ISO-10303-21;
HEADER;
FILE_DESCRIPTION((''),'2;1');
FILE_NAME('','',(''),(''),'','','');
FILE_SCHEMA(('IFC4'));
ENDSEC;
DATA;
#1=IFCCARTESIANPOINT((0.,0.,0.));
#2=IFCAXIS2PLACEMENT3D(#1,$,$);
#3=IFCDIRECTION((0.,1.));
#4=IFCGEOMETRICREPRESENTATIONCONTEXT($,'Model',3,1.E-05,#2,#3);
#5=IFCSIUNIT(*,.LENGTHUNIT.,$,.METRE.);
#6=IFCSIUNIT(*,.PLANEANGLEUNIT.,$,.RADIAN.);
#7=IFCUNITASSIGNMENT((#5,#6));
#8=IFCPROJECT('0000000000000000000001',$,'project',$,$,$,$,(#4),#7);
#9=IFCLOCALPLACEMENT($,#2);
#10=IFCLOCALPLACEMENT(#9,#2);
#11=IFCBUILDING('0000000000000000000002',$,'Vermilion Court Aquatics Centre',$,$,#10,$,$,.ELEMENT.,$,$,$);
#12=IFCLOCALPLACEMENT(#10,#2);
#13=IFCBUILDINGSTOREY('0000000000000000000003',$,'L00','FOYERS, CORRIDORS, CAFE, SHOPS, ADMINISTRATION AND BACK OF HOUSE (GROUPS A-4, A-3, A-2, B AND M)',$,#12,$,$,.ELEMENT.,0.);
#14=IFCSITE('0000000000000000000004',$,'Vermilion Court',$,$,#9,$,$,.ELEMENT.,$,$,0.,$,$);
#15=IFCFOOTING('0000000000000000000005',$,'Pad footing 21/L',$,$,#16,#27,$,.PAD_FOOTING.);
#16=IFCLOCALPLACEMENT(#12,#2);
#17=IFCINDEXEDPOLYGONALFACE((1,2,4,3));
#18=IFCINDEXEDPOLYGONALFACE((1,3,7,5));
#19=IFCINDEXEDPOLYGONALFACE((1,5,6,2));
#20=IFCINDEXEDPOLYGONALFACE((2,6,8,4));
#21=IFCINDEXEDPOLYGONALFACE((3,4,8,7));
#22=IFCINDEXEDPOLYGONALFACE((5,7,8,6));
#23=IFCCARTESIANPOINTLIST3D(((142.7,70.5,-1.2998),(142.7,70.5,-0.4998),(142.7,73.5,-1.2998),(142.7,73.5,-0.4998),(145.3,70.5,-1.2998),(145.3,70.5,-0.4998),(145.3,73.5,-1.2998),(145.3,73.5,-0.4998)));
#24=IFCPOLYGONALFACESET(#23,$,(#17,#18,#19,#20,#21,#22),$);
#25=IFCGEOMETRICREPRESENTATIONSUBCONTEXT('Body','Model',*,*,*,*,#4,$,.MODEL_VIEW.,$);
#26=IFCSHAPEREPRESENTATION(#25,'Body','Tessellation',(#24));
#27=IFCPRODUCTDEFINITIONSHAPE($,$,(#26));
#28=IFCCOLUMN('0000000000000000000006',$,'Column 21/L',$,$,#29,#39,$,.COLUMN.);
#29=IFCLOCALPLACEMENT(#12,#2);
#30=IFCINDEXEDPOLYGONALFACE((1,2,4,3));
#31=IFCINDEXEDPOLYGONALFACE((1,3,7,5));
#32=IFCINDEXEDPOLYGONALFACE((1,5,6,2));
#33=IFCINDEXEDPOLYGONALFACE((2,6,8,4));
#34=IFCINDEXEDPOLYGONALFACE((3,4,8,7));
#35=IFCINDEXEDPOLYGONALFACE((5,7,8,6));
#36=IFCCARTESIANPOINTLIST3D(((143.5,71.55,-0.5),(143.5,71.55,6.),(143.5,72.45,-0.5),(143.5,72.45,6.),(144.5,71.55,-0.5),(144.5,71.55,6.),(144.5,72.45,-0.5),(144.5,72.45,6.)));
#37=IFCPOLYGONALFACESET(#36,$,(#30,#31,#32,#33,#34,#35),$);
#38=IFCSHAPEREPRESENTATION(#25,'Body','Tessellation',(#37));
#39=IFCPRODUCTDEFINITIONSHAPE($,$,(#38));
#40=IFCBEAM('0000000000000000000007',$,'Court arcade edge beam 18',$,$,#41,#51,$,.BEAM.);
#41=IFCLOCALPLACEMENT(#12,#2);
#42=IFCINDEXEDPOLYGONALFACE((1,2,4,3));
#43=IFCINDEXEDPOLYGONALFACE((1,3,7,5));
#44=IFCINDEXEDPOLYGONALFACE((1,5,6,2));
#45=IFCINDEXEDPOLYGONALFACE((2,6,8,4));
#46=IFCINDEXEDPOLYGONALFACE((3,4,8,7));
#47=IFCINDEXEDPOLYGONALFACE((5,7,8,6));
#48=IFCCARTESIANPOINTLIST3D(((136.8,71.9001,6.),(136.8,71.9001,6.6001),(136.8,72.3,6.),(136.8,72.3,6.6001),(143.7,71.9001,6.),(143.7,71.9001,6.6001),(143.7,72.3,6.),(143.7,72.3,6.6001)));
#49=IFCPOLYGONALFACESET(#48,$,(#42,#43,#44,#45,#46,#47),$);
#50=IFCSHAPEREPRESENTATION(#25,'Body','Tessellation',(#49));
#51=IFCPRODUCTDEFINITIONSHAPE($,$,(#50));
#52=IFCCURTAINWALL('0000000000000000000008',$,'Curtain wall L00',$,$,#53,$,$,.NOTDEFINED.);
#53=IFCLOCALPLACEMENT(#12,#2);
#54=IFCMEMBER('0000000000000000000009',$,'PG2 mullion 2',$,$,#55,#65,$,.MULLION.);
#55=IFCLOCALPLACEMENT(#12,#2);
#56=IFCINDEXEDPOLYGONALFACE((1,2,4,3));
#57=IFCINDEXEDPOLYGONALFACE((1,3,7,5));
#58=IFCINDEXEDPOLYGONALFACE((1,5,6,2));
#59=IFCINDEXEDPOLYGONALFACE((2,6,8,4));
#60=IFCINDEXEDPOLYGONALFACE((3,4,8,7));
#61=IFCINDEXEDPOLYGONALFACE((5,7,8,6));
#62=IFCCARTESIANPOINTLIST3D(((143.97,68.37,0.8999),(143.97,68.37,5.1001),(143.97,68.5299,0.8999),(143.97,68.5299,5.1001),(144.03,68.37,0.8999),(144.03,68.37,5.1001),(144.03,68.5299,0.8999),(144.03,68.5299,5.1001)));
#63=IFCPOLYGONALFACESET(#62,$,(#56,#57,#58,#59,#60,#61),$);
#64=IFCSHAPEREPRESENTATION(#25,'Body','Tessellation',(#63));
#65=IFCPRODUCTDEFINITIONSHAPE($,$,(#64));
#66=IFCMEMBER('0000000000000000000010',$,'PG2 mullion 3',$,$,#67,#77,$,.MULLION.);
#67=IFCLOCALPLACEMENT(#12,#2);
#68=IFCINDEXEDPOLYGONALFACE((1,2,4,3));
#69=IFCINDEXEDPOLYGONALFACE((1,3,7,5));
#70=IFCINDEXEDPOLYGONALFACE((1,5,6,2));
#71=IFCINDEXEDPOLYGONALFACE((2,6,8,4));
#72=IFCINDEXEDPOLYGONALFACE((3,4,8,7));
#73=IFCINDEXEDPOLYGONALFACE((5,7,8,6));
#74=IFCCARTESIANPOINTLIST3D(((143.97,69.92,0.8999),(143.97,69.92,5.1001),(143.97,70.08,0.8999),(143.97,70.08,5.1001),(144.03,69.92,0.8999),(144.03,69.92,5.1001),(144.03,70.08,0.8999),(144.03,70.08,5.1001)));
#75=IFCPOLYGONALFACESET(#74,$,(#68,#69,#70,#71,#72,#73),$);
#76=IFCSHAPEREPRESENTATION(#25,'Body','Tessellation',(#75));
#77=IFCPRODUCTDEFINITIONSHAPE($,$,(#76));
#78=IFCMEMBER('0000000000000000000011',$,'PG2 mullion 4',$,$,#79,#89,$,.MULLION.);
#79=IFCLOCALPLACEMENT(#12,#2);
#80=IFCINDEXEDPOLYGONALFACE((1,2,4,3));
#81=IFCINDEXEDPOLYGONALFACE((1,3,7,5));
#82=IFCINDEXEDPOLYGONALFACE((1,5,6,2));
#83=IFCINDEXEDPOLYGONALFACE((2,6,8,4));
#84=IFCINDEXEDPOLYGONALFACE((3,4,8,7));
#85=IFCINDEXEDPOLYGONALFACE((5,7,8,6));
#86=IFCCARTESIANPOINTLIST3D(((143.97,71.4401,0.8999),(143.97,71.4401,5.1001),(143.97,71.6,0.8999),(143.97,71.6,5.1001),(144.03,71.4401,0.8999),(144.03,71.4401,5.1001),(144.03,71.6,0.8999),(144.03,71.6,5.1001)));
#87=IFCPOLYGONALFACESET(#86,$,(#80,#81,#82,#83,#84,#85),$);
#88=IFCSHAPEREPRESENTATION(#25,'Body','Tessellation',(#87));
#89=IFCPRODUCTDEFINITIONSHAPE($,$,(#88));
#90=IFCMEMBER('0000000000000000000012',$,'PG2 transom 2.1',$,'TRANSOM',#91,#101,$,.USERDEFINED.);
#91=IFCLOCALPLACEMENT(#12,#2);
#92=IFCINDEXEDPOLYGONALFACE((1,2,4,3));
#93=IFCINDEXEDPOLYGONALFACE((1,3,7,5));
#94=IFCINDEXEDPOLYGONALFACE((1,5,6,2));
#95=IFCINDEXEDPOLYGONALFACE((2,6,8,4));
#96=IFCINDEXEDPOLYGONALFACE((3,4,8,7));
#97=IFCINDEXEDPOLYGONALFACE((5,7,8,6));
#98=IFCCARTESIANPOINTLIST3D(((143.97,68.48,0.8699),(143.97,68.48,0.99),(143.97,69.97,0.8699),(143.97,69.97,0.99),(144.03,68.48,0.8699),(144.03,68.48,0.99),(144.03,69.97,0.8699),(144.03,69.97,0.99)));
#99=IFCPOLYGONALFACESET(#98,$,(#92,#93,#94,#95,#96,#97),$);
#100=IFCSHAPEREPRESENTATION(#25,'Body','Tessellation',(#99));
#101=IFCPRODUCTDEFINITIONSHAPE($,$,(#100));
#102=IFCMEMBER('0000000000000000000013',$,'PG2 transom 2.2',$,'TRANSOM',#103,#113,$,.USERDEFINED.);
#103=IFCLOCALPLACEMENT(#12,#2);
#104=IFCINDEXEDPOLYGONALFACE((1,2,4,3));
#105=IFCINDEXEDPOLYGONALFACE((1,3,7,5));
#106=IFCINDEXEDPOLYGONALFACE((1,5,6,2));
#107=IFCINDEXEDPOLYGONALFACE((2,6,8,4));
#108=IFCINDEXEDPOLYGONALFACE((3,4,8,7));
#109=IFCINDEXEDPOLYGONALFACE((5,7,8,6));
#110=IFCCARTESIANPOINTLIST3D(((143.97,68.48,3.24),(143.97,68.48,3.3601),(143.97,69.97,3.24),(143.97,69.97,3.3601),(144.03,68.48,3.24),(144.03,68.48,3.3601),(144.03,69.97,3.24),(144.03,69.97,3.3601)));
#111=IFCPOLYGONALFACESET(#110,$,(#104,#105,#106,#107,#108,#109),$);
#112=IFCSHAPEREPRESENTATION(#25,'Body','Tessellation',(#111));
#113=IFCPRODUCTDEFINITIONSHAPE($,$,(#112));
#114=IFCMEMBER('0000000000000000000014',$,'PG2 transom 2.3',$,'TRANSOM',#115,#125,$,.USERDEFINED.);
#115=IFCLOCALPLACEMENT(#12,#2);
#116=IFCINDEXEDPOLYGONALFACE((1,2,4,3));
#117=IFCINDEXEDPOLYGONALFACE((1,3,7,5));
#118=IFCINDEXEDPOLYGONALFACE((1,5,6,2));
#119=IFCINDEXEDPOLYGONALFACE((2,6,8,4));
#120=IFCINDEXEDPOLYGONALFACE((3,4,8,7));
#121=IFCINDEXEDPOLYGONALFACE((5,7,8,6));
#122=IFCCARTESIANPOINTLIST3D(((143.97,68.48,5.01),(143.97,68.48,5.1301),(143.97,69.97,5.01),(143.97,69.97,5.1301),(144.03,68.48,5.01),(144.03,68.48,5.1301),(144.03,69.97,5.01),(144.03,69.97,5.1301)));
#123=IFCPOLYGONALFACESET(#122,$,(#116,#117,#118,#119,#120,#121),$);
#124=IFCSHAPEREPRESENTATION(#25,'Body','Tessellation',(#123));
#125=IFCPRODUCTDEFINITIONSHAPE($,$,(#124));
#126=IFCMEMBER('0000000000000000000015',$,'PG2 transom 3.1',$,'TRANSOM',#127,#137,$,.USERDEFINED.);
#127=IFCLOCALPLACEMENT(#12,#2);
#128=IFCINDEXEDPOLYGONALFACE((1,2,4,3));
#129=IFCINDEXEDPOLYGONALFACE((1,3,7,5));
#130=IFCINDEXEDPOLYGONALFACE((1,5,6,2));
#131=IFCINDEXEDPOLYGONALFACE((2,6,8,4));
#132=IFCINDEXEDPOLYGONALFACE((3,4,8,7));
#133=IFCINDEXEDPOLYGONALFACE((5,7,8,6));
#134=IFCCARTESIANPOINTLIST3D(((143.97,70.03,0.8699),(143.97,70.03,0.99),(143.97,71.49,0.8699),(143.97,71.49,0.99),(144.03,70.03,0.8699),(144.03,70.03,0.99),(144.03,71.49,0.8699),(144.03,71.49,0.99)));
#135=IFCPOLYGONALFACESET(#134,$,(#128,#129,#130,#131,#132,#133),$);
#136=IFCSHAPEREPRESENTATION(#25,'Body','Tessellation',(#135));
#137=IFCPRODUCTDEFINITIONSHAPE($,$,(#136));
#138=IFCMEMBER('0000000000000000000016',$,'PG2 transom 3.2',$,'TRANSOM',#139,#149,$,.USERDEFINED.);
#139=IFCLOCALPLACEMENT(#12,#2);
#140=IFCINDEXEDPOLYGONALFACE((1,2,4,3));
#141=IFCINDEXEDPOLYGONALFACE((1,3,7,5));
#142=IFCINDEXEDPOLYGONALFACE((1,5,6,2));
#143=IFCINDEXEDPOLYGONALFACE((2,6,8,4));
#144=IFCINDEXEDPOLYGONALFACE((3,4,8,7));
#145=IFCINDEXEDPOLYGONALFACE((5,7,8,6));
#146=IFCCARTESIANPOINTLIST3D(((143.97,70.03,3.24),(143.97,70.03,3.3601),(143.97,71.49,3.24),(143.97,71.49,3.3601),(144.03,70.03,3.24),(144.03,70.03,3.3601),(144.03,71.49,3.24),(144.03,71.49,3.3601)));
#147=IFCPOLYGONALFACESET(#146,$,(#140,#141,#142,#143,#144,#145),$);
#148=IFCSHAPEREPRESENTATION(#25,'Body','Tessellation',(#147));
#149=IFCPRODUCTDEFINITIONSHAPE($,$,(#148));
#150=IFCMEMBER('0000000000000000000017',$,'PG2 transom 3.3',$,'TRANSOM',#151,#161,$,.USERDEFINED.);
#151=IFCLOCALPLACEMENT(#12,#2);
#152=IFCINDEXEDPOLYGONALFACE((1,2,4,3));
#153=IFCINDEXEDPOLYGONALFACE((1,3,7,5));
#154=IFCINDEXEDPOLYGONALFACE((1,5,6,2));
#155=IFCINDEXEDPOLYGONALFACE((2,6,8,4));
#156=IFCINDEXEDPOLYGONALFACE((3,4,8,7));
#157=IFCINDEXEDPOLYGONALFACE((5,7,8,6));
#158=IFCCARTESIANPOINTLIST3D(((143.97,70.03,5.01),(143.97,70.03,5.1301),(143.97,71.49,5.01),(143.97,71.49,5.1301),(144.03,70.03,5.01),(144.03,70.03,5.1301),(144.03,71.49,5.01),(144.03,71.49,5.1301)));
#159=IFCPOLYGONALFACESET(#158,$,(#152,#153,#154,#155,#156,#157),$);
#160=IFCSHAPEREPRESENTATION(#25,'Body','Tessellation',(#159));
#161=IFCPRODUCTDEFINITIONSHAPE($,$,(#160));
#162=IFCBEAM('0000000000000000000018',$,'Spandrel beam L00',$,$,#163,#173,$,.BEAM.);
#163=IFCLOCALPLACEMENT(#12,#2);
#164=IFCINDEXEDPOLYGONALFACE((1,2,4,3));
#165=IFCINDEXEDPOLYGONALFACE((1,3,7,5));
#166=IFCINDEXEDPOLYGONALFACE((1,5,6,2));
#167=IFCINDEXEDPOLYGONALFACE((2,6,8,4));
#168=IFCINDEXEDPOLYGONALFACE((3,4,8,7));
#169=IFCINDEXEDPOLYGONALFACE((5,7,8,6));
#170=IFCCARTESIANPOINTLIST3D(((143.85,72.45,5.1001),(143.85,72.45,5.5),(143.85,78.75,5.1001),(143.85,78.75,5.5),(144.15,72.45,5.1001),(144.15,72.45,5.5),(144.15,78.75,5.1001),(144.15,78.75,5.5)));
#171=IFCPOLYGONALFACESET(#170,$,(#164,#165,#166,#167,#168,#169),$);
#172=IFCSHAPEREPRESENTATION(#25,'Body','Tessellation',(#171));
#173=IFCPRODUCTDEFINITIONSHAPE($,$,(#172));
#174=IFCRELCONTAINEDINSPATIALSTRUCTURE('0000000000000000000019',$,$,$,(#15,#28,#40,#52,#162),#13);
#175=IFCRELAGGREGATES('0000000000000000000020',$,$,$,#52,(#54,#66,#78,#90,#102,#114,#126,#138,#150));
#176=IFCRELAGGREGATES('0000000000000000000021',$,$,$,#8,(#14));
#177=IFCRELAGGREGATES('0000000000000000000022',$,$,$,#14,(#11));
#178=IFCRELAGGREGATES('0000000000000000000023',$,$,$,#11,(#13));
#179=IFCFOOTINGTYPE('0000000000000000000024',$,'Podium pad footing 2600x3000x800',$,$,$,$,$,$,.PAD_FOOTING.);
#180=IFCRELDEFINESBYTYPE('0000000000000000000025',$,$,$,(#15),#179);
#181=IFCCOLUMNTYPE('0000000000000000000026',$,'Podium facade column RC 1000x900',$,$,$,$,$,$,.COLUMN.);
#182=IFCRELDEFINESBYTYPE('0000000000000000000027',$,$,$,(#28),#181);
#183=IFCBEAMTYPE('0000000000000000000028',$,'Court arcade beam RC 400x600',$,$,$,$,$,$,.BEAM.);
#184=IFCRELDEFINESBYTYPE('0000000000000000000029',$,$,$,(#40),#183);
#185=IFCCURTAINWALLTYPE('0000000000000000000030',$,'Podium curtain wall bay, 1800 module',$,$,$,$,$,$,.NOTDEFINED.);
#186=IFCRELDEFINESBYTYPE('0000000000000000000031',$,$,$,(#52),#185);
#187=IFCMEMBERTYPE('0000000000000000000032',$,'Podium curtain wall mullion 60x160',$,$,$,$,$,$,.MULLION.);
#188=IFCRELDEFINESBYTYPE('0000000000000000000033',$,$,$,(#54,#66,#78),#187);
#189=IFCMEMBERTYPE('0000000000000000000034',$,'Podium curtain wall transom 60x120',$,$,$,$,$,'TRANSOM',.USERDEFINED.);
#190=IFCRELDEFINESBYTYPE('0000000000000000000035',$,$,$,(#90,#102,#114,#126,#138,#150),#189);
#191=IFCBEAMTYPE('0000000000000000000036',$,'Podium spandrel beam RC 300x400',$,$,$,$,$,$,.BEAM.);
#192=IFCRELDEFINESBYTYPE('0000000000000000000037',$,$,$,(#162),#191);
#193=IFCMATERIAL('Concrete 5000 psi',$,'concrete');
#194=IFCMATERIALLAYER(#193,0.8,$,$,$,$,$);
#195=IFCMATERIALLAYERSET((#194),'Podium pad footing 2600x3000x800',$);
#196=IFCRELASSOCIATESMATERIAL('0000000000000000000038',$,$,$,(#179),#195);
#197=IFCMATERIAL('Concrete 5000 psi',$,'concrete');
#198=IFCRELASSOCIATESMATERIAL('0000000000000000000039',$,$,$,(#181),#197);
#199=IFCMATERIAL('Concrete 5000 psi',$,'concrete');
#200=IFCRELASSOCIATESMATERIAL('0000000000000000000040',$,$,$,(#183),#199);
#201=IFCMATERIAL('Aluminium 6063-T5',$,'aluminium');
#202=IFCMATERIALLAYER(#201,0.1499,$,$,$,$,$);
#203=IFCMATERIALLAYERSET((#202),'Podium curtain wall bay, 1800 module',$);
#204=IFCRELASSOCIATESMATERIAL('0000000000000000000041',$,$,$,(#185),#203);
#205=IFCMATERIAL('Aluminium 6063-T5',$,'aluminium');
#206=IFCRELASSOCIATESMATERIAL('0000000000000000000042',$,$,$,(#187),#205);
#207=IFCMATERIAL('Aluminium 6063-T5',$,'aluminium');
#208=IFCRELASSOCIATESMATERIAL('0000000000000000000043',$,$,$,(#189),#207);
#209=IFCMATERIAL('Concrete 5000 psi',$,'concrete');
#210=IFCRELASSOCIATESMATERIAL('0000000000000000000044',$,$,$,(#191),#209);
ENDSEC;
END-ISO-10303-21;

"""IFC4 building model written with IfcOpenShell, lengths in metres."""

from ifc_helpers import new_model, si_unit, direction, frame, origin, origin_2d, place, context, subcontext, project, spatial, rectangle, extrude, material, layer, layer_set, material_profile, profile_set, type_object, element, aggregate, save


model = new_model("IFC4")

# Units and contexts
model_context = context("Model", 3, precision=1e-05, world=origin(), true_north=direction((0.0, 1.0)))
body_context = subcontext(model_context, "Body", "Model", "MODEL_VIEW")
ifc_project = project(units=[si_unit("LENGTHUNIT", "METRE"), si_unit("PLANEANGLEUNIT", "RADIAN")], contexts=[model_context])

# Site, building, storey
site_placement = place(None, origin())
site = spatial("IfcSite", under=ifc_project, at=site_placement, Name="Vermilion Court", CompositionType="ELEMENT", RefElevation=0.0)
building_placement = place(site_placement, origin())
building = spatial("IfcBuilding", under=site, at=building_placement, Name="Vermilion Court Aquatics Centre", CompositionType="ELEMENT")
storey_placement = place(building_placement, origin())
storey = spatial("IfcBuildingStorey", under=building, at=storey_placement, Name="L00", Description="FOYERS, CORRIDORS, CAFE, SHOPS, ADMINISTRATION AND BACK OF HOUSE (GROUPS A-4, A-3, A-2, B AND M)", CompositionType="ELEMENT", Elevation=0.0)

# Footing
ifc_material_1 = material(Name="Concrete 5000 psi", Category="concrete")
ifc_layer_1 = layer(ifc_material_1, 0.8)
ifc_layer_set_1 = layer_set([ifc_layer_1], Name="Podium pad footing 2600x3000x800")
footing_type = type_object("IfcFootingType", Name="Podium pad footing 2600x3000x800", PredefinedType="PAD_FOOTING", material=ifc_layer_set_1)
footing_placement = place(storey_placement, frame((144.0, 72.0, -1.2998), z_axis=(0.0, 0.0, 1.0), x_axis=(1.0, 0.0, 0.0)))
element("IfcFooting", 1, at=footing_placement, inside=storey, type_object=footing_type, Name="Pad footing 21/L", PredefinedType="PAD_FOOTING", context=body_context, shape_type="SweptSolid", body=[
    extrude(rectangle(XDim=2.6001, YDim=3.0, at=origin_2d()), origin(), (0.0, 0.0, 1.0), 0.8),
])

# Column
ifc_material_2 = material(Name="Concrete 5000 psi", Category="concrete")
ifc_material_profile_1 = material_profile(ifc_material_2, rectangle(XDim=1.0, YDim=0.8999, at=origin_2d()), Name="RC 1000x900")
ifc_profile_set_1 = profile_set([ifc_material_profile_1], Name="Concrete 5000 psi")
column_type = type_object("IfcColumnType", Name="Podium facade column RC 1000x900", PredefinedType="COLUMN", material=ifc_profile_set_1)
column_placement = place(storey_placement, frame((144.0, 72.0, -0.5), z_axis=(0.0, 0.0, 1.0), x_axis=(1.0, 0.0, 0.0)))
element("IfcColumn", 2, at=column_placement, inside=storey, type_object=column_type, Name="Column 21/L", PredefinedType="COLUMN", context=body_context, shape_type="SweptSolid", body=[
    extrude(rectangle(XDim=1.0, YDim=0.8999, at=origin_2d()), origin(), (0.0, 0.0, 1.0), 6.5),
])

# Beam
ifc_material_3 = material(Name="Concrete 5000 psi", Category="concrete")
ifc_material_profile_2 = material_profile(ifc_material_3, rectangle(XDim=0.3999, YDim=0.6001, at=origin_2d()), Name="RC 400x600")
ifc_profile_set_2 = profile_set([ifc_material_profile_2], Name="Concrete 5000 psi")
beam_type_1 = type_object("IfcBeamType", Name="Court arcade beam RC 400x600", PredefinedType="BEAM", material=ifc_profile_set_2)
beam_1_placement = place(storey_placement, frame((136.8, 72.1001, 6.3), z_axis=(1.0, 0.0, 0.0), x_axis=(0.0, 1.0, 0.0)))
element("IfcBeam", 3, at=beam_1_placement, inside=storey, type_object=beam_type_1, Name="Court arcade edge beam 18", PredefinedType="BEAM", context=body_context, shape_type="SweptSolid", body=[
    extrude(rectangle(XDim=0.3999, YDim=0.6001, at=origin_2d()), origin(), (0.0, 0.0, 1.0), 6.8999),
])

# Curtain wall, members
ifc_material_4 = material(Name="Aluminium 6063-T5", Category="aluminium")
ifc_layer_2 = layer(ifc_material_4, 0.1499)
ifc_layer_set_2 = layer_set([ifc_layer_2], Name="Podium curtain wall bay, 1800 module")
curtain_wall_type = type_object("IfcCurtainWallType", Name="Podium curtain wall bay, 1800 module", PredefinedType="NOTDEFINED", material=ifc_layer_set_2)
curtain_wall_placement = place(storey_placement, origin())
curtain_wall = element("IfcCurtainWall", 4, at=curtain_wall_placement, inside=storey, type_object=curtain_wall_type, Name="Curtain wall L00", PredefinedType="NOTDEFINED")
ifc_material_5 = material(Name="Aluminium 6063-T5", Category="aluminium")
ifc_material_profile_3 = material_profile(ifc_material_5, rectangle(XDim=0.0601, YDim=0.1599, at=origin_2d()), Name="Mullion 60x160")
ifc_profile_set_3 = profile_set([ifc_material_profile_3], Name="Aluminium 6063-T5")
member_type_1 = type_object("IfcMemberType", Name="Podium curtain wall mullion 60x160", PredefinedType="MULLION", material=ifc_profile_set_3)
member_1_placement = place(storey_placement, frame((144.0, 68.45, 0.8999), z_axis=(0.0, 0.0, 1.0), x_axis=(-1.0, 0.0, 0.0)))
member_1 = element("IfcMember", 5, at=member_1_placement, type_object=member_type_1, Name="PG2 mullion 2", PredefinedType="MULLION", context=body_context, shape_type="SweptSolid", body=[
    extrude(rectangle(XDim=0.0601, YDim=0.1599, at=origin_2d()), origin(), (0.0, 0.0, 1.0), 4.2002),
])
member_2_placement = place(storey_placement, frame((144.0, 70.0, 0.8999), z_axis=(0.0, 0.0, 1.0), x_axis=(-1.0, 0.0, 0.0)))
member_2 = element("IfcMember", 6, at=member_2_placement, type_object=member_type_1, Name="PG2 mullion 3", PredefinedType="MULLION", context=body_context, shape_type="SweptSolid", body=[
    extrude(rectangle(XDim=0.0601, YDim=0.1599, at=origin_2d()), origin(), (0.0, 0.0, 1.0), 4.2002),
])
member_3_placement = place(storey_placement, frame((144.0, 71.52, 0.8999), z_axis=(0.0, 0.0, 1.0), x_axis=(-1.0, 0.0, 0.0)))
member_3 = element("IfcMember", 7, at=member_3_placement, type_object=member_type_1, Name="PG2 mullion 4", PredefinedType="MULLION", context=body_context, shape_type="SweptSolid", body=[
    extrude(rectangle(XDim=0.0601, YDim=0.1599, at=origin_2d()), origin(), (0.0, 0.0, 1.0), 4.2002),
])
ifc_material_6 = material(Name="Aluminium 6063-T5", Category="aluminium")
ifc_material_profile_4 = material_profile(ifc_material_6, rectangle(XDim=0.0601, YDim=0.1201, at=origin_2d()), Name="Transom 60x120")
ifc_profile_set_4 = profile_set([ifc_material_profile_4], Name="Aluminium 6063-T5")
member_type_2 = type_object("IfcMemberType", Name="Podium curtain wall transom 60x120", ElementType="TRANSOM", PredefinedType="USERDEFINED", material=ifc_profile_set_4)
member_4_placement = place(storey_placement, frame((144.0, 68.48, 0.9299), z_axis=(0.0, 1.0, 0.0), x_axis=(-1.0, 0.0, 0.0)))
member_4 = element("IfcMember", 8, at=member_4_placement, type_object=member_type_2, Name="PG2 transom 2.1", ObjectType="TRANSOM", PredefinedType="USERDEFINED", context=body_context, shape_type="SweptSolid", body=[
    extrude(rectangle(XDim=0.0601, YDim=0.1201, at=origin_2d()), origin(), (0.0, 0.0, 1.0), 1.49),
])
member_5_placement = place(storey_placement, frame((144.0, 68.48, 3.3), z_axis=(0.0, 1.0, 0.0), x_axis=(-1.0, 0.0, 0.0)))
member_5 = element("IfcMember", 9, at=member_5_placement, type_object=member_type_2, Name="PG2 transom 2.2", ObjectType="TRANSOM", PredefinedType="USERDEFINED", context=body_context, shape_type="SweptSolid", body=[
    extrude(rectangle(XDim=0.0601, YDim=0.1201, at=origin_2d()), origin(), (0.0, 0.0, 1.0), 1.49),
])
member_6_placement = place(storey_placement, frame((144.0, 68.48, 5.0701), z_axis=(0.0, 1.0, 0.0), x_axis=(-1.0, 0.0, 0.0)))
member_6 = element("IfcMember", 10, at=member_6_placement, type_object=member_type_2, Name="PG2 transom 2.3", ObjectType="TRANSOM", PredefinedType="USERDEFINED", context=body_context, shape_type="SweptSolid", body=[
    extrude(rectangle(XDim=0.0601, YDim=0.1201, at=origin_2d()), origin(), (0.0, 0.0, 1.0), 1.49),
])
member_7_placement = place(storey_placement, frame((144.0, 70.03, 0.9299), z_axis=(0.0, 1.0, 0.0), x_axis=(-1.0, 0.0, 0.0)))
member_7 = element("IfcMember", 11, at=member_7_placement, type_object=member_type_2, Name="PG2 transom 3.1", ObjectType="TRANSOM", PredefinedType="USERDEFINED", context=body_context, shape_type="SweptSolid", body=[
    extrude(rectangle(XDim=0.0601, YDim=0.1201, at=origin_2d()), origin(), (0.0, 0.0, 1.0), 1.46),
])
member_8_placement = place(storey_placement, frame((144.0, 70.03, 3.3), z_axis=(0.0, 1.0, 0.0), x_axis=(-1.0, 0.0, 0.0)))
member_8 = element("IfcMember", 12, at=member_8_placement, type_object=member_type_2, Name="PG2 transom 3.2", ObjectType="TRANSOM", PredefinedType="USERDEFINED", context=body_context, shape_type="SweptSolid", body=[
    extrude(rectangle(XDim=0.0601, YDim=0.1201, at=origin_2d()), origin(), (0.0, 0.0, 1.0), 1.46),
])
member_9_placement = place(storey_placement, frame((144.0, 70.03, 5.0701), z_axis=(0.0, 1.0, 0.0), x_axis=(-1.0, 0.0, 0.0)))
member_9 = element("IfcMember", 13, at=member_9_placement, type_object=member_type_2, Name="PG2 transom 3.3", ObjectType="TRANSOM", PredefinedType="USERDEFINED", context=body_context, shape_type="SweptSolid", body=[
    extrude(rectangle(XDim=0.0601, YDim=0.1201, at=origin_2d()), origin(), (0.0, 0.0, 1.0), 1.46),
])

# Beam
ifc_material_7 = material(Name="Concrete 5000 psi", Category="concrete")
ifc_material_profile_5 = material_profile(ifc_material_7, rectangle(XDim=0.3, YDim=0.3999, at=origin_2d()), Name="RC 300x400")
ifc_profile_set_5 = profile_set([ifc_material_profile_5], Name="Concrete 5000 psi")
beam_type_2 = type_object("IfcBeamType", Name="Podium spandrel beam RC 300x400", PredefinedType="BEAM", material=ifc_profile_set_5)
beam_2_placement = place(storey_placement, frame((144.0, 72.45, 5.3), z_axis=(0.0, 1.0, 0.0), x_axis=(-1.0, 0.0, 0.0)))
element("IfcBeam", 14, at=beam_2_placement, inside=storey, type_object=beam_type_2, Name="Spandrel beam L00", PredefinedType="BEAM", context=body_context, shape_type="SweptSolid", body=[
    extrude(rectangle(XDim=0.3, YDim=0.3999, at=origin_2d()), origin(), (0.0, 0.0, 1.0), 6.3),
])

aggregate(curtain_wall, [member_1, member_2, member_3, member_4, member_5, member_6, member_7, member_8, member_9])

save(model, "model.ifc")
